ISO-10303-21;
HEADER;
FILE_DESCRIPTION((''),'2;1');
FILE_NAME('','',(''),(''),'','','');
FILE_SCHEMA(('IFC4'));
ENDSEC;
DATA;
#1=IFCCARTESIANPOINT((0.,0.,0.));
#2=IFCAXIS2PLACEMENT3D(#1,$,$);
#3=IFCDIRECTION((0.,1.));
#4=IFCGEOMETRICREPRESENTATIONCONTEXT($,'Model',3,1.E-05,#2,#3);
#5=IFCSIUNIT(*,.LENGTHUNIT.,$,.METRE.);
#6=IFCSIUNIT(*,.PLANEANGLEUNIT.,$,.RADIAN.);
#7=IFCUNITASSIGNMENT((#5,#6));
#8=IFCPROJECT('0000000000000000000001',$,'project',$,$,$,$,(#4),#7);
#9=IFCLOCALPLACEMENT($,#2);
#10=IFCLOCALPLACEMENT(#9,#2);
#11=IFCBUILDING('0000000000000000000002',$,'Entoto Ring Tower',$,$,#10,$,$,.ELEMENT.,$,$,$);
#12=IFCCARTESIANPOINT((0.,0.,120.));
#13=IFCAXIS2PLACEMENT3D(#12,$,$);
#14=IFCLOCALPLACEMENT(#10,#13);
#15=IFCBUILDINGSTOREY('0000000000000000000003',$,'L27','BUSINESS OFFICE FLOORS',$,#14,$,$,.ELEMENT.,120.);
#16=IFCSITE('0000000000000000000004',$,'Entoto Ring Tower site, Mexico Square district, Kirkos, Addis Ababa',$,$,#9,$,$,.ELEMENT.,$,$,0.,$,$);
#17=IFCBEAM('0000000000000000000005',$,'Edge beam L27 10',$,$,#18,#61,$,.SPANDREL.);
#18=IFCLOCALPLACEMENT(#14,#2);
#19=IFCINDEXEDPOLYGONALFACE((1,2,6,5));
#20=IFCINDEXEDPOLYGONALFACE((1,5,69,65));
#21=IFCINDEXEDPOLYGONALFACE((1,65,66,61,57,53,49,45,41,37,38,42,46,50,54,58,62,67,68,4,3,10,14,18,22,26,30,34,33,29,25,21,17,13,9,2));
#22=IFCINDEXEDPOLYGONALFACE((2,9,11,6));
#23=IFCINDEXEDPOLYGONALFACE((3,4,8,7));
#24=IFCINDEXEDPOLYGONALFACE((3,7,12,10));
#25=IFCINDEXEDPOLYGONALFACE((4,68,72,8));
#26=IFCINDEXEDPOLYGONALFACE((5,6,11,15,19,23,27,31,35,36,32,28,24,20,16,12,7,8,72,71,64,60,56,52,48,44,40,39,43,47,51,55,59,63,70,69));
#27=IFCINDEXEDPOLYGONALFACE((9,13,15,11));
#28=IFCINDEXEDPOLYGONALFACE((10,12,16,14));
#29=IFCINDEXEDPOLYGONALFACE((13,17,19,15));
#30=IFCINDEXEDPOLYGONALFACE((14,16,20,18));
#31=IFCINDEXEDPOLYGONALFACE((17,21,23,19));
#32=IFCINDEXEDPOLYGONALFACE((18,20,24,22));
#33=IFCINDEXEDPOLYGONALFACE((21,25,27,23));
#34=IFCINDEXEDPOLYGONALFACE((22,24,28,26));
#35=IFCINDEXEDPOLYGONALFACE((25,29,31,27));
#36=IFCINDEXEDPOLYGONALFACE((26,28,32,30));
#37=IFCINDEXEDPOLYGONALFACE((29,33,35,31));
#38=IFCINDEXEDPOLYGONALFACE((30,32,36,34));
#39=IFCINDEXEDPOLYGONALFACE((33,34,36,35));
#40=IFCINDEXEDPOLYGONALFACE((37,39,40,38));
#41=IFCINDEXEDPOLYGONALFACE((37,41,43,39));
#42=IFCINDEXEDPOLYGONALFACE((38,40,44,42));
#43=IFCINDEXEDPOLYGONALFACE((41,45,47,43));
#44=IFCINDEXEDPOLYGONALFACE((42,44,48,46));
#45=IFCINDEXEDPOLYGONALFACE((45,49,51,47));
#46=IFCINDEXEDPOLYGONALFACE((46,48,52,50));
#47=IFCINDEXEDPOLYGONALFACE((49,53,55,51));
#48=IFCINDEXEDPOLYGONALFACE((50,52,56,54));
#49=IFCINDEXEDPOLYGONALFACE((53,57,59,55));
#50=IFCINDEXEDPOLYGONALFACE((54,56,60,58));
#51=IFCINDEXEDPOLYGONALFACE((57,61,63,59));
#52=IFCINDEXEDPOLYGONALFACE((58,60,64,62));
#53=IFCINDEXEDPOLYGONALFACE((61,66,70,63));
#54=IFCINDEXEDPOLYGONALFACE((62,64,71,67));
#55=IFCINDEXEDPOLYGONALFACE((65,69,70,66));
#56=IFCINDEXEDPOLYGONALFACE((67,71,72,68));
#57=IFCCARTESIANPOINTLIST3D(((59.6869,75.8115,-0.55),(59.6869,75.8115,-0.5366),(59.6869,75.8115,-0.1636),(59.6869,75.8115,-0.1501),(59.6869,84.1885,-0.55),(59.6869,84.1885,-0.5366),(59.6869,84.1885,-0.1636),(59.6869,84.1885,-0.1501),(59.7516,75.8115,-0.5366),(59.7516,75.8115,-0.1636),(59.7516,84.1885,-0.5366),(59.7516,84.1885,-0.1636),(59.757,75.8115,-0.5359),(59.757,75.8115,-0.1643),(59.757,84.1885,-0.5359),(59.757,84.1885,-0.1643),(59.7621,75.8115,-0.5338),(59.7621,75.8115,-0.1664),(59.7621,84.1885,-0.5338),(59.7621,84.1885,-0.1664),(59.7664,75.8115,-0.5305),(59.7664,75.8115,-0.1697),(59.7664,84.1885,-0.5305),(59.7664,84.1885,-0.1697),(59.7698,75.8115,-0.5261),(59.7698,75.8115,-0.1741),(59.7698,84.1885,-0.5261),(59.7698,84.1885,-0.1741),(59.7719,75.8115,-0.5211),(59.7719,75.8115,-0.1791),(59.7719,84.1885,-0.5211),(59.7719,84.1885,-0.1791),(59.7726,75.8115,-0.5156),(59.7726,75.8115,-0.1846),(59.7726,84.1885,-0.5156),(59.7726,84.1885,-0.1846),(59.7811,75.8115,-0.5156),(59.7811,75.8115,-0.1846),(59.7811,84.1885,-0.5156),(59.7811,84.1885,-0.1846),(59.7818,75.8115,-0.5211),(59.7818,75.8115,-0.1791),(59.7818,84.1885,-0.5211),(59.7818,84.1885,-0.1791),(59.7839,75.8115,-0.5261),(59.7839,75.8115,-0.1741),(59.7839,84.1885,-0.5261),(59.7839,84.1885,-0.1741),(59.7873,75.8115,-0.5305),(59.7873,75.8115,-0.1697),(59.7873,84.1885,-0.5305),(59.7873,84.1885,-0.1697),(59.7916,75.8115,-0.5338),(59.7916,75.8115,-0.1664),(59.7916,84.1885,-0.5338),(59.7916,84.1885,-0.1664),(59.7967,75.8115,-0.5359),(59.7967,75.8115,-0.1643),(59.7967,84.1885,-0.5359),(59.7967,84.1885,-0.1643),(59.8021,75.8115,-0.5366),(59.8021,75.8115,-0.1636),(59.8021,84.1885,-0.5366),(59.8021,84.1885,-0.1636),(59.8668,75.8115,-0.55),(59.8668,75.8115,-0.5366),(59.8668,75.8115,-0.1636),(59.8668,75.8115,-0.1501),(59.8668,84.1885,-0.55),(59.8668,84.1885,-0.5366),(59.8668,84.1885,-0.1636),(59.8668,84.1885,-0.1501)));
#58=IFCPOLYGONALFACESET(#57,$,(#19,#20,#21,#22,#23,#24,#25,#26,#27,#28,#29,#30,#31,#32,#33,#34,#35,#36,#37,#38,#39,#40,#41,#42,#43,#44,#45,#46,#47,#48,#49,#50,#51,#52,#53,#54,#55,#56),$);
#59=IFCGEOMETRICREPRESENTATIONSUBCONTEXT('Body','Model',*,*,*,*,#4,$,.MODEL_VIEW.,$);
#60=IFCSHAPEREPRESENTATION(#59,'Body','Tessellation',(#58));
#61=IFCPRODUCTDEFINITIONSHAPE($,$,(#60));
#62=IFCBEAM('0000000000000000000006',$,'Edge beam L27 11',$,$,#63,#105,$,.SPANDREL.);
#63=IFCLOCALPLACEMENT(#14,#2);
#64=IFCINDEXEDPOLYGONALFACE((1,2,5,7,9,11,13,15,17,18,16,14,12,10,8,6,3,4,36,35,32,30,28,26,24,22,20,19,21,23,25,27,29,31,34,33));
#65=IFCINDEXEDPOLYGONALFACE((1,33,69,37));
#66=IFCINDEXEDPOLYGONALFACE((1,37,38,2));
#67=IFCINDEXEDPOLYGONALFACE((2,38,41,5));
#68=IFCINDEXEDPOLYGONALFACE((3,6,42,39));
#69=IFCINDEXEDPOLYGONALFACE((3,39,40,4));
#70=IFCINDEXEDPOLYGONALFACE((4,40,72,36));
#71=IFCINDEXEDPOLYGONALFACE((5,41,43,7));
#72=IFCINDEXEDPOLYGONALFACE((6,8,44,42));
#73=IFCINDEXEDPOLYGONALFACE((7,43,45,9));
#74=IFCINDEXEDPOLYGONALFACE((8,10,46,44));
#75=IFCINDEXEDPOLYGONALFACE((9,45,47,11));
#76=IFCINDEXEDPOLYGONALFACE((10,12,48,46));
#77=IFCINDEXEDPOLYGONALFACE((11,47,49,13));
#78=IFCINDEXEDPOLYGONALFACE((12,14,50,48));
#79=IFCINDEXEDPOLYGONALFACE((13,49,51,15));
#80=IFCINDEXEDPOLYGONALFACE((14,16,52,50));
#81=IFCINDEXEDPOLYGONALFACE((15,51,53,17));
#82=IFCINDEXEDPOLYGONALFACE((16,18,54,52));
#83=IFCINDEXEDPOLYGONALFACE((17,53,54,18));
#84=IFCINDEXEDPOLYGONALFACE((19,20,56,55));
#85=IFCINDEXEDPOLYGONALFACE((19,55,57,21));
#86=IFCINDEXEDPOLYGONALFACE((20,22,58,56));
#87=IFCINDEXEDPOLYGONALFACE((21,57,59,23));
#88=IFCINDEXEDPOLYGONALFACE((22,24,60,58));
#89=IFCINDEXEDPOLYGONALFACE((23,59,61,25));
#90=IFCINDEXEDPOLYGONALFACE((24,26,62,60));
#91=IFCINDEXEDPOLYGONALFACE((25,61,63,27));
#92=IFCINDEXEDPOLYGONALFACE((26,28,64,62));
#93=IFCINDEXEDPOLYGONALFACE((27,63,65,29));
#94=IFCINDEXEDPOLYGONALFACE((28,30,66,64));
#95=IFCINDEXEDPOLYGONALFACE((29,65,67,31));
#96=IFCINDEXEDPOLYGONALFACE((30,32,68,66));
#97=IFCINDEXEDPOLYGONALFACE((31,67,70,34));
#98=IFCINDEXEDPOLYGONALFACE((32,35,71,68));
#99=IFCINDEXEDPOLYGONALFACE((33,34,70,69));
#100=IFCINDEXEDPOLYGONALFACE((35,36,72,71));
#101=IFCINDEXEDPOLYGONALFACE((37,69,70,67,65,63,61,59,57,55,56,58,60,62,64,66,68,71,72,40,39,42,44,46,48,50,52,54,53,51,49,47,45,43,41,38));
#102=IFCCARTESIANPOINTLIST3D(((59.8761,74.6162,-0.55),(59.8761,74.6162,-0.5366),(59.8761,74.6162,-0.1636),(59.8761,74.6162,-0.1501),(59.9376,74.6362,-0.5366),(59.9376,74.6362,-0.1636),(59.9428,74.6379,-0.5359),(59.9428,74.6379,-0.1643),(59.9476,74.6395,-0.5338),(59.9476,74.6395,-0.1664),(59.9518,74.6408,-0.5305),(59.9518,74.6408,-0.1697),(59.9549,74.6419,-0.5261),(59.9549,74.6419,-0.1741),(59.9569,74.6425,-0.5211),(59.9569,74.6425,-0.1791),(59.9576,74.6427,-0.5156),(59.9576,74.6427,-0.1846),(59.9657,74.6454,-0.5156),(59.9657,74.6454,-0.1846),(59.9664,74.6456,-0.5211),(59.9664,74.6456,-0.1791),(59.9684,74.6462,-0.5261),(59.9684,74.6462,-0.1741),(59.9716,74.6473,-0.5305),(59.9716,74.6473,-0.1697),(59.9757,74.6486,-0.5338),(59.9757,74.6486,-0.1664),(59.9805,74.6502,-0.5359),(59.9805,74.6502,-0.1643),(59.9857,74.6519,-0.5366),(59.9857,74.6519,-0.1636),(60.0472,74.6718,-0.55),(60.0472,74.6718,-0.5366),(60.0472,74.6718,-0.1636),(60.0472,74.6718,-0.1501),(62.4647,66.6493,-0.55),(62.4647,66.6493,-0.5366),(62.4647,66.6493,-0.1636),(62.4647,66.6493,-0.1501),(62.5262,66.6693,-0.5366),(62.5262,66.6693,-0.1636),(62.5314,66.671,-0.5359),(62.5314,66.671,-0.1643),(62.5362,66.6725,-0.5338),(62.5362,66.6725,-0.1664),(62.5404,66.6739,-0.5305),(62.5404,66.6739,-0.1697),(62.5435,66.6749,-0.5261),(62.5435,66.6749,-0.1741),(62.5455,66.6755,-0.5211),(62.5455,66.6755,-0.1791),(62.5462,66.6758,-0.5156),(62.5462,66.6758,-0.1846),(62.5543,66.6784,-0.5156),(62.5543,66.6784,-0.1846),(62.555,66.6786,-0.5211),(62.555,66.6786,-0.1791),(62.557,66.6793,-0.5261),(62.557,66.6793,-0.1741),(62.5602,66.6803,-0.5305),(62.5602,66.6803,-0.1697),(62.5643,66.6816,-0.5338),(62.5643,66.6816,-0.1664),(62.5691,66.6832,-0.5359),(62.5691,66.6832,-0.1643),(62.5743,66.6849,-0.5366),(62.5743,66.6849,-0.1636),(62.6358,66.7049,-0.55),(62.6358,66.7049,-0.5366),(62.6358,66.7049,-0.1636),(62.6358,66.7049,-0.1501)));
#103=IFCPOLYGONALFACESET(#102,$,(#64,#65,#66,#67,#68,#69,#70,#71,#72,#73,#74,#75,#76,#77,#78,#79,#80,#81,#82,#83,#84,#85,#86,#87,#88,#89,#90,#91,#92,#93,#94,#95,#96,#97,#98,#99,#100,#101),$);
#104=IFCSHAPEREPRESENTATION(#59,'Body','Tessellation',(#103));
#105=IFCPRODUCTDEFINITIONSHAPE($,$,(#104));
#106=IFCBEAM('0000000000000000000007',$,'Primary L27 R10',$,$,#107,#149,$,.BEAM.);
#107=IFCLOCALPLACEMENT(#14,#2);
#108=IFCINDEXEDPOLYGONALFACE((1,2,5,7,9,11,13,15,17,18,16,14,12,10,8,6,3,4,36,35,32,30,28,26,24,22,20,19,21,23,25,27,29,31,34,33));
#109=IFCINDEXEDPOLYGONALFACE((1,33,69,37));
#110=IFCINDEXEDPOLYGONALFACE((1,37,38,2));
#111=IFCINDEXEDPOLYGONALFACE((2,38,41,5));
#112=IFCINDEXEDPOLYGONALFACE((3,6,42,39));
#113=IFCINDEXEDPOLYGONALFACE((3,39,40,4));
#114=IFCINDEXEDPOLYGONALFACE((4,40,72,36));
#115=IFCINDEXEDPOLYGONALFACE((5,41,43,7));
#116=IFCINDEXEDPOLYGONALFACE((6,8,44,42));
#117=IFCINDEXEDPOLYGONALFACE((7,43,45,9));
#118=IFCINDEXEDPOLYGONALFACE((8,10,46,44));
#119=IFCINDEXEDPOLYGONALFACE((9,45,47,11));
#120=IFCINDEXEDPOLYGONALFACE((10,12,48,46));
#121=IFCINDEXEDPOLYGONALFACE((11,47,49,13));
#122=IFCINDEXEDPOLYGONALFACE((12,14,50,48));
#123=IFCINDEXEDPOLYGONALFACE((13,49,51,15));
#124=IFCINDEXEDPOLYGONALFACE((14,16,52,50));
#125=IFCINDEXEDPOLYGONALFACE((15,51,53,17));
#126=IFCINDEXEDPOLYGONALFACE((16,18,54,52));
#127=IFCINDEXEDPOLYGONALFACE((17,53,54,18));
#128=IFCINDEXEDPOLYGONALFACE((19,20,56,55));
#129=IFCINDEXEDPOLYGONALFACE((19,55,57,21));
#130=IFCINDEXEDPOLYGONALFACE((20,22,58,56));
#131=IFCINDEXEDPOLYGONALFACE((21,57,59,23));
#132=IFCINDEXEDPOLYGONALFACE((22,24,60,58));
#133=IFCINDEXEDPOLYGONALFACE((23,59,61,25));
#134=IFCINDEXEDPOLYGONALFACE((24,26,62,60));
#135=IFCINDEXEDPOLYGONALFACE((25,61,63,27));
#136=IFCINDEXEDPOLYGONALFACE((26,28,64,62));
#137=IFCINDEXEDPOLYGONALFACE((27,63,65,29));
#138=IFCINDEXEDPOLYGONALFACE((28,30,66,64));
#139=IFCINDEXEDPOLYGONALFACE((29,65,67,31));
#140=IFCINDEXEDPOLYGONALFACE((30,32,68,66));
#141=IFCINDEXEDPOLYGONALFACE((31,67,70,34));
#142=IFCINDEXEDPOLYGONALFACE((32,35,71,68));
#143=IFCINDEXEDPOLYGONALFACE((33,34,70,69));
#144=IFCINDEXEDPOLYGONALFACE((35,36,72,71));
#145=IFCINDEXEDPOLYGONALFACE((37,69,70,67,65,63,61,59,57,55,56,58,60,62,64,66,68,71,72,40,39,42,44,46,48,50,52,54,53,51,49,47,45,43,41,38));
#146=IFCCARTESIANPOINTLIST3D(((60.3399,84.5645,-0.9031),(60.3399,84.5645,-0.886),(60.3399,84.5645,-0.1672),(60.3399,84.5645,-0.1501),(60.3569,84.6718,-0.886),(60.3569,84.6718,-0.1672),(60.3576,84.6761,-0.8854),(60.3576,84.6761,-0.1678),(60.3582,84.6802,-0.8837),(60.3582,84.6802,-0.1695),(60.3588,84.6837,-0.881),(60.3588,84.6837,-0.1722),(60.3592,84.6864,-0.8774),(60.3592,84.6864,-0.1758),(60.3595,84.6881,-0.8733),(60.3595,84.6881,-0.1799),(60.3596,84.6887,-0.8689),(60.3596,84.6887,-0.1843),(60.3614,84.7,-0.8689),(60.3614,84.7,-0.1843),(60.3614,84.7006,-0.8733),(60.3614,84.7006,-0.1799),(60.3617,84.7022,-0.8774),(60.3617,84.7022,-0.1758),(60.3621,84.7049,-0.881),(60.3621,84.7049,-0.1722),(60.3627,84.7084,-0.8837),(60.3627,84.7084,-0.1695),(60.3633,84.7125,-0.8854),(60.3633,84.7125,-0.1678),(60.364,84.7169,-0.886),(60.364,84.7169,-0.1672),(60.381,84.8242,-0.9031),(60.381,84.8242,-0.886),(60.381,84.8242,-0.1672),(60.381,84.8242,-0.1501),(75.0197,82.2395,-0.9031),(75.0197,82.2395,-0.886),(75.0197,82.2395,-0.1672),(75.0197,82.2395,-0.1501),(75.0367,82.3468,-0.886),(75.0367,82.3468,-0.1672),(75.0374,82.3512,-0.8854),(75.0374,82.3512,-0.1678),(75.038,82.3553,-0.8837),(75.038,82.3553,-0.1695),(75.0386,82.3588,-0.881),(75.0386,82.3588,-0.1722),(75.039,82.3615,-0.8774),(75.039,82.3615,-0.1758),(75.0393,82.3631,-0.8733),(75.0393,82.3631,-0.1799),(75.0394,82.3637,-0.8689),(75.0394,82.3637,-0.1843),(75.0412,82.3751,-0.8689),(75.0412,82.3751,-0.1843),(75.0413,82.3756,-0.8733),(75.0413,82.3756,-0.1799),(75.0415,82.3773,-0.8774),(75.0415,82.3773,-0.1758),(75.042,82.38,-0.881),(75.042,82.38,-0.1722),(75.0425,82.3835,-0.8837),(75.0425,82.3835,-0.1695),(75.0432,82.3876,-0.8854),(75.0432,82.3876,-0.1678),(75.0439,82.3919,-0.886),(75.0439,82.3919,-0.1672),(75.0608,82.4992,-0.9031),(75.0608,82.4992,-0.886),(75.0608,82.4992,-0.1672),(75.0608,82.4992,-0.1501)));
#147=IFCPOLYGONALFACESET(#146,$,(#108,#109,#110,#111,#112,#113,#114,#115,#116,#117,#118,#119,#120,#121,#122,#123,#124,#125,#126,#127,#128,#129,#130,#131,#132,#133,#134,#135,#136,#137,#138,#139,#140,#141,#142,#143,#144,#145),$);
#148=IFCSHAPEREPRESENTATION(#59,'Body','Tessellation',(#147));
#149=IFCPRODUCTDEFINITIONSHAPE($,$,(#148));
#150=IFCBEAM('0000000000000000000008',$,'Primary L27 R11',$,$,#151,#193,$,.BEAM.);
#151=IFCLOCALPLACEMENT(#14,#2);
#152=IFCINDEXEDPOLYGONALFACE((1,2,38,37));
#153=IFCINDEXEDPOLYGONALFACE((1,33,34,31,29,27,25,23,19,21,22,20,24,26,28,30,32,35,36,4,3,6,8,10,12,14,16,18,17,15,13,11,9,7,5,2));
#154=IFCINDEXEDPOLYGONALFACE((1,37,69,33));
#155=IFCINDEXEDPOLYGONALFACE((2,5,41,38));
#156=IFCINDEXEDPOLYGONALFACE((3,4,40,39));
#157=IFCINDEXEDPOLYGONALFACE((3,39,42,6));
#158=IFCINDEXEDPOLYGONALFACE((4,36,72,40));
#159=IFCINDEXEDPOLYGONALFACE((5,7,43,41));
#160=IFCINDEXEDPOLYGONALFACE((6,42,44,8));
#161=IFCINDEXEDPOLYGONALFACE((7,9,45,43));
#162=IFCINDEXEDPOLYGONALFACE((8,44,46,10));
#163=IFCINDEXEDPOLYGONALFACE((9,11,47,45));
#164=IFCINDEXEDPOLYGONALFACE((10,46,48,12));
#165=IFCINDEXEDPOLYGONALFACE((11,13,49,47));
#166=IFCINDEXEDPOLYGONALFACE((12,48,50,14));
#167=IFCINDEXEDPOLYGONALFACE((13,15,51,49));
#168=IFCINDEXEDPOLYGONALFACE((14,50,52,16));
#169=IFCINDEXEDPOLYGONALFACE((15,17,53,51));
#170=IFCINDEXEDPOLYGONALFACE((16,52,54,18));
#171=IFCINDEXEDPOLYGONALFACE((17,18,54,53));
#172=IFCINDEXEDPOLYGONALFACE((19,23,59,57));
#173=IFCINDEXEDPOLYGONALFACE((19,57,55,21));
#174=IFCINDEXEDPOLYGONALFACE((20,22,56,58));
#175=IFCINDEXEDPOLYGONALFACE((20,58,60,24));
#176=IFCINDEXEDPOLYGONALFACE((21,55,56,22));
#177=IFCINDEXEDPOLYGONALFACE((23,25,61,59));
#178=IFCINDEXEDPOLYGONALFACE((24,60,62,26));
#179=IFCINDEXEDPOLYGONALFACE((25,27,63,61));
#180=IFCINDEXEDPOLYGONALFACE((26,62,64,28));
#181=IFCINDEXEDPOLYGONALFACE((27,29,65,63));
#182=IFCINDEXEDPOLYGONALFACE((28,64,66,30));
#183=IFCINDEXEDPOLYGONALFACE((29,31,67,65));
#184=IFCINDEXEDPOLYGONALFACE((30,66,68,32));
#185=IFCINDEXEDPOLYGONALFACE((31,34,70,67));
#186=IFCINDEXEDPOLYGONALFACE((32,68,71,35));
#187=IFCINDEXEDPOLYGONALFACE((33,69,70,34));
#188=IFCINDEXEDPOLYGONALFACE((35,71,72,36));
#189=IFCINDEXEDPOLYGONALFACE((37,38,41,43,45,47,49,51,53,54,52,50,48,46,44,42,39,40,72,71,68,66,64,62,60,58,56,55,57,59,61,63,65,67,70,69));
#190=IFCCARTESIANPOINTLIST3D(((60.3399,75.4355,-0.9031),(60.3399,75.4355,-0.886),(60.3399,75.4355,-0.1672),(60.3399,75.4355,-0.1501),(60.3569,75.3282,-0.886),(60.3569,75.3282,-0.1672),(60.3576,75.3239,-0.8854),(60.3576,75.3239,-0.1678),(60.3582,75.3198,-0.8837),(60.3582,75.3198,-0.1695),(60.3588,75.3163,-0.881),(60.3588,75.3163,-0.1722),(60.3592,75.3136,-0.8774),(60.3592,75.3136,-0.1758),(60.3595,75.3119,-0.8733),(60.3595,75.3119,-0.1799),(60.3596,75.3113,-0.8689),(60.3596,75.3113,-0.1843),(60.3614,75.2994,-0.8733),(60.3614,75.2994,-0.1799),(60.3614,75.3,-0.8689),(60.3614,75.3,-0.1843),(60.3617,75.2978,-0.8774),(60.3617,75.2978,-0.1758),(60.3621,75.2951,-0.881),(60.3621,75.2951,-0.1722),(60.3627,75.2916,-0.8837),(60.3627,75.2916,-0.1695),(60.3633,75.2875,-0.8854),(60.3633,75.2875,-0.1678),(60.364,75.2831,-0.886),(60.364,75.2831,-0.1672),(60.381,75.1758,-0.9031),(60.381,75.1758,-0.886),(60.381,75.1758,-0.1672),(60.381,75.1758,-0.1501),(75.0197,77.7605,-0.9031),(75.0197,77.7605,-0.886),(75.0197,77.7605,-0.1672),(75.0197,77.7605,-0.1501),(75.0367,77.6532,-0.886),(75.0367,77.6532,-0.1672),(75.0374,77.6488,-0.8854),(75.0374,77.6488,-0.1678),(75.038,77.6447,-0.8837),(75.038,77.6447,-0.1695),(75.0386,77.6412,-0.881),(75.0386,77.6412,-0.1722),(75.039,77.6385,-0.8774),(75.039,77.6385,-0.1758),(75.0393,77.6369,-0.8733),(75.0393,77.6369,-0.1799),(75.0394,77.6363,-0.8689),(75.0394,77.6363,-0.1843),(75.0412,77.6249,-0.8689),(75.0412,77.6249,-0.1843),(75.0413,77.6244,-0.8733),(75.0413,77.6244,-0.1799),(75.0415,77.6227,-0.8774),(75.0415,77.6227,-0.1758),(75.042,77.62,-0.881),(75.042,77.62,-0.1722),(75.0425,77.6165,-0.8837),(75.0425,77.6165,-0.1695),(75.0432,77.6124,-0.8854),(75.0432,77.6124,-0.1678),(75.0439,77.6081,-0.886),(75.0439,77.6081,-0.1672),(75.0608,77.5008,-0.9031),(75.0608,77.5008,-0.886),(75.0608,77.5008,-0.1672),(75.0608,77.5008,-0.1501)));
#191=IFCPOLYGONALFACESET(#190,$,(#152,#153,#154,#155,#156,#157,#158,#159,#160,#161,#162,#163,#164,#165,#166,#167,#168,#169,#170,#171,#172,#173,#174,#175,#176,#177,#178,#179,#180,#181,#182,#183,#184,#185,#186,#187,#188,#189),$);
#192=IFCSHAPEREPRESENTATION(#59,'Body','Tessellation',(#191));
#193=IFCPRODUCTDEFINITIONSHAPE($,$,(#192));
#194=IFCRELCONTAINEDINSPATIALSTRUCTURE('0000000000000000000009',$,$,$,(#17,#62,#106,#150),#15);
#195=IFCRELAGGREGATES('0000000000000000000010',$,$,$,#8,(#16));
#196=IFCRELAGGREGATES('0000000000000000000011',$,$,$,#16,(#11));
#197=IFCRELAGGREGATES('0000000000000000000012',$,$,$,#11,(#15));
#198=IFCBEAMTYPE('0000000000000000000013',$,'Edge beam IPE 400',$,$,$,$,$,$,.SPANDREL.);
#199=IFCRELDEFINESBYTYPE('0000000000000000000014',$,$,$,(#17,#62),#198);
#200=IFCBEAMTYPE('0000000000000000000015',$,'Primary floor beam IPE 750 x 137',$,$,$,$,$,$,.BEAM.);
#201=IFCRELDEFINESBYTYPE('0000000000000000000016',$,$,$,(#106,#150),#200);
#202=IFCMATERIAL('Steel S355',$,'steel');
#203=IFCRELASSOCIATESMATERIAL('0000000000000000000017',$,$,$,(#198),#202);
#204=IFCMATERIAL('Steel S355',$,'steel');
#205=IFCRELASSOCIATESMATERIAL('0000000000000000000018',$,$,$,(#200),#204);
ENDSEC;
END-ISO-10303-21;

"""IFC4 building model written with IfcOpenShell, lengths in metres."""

from ifc_helpers import new_model, si_unit, direction, frame, origin, origin_2d, place, context, subcontext, project, spatial, i_section, extrude, material, material_profile, profile_set, type_object, element, save


model = new_model("IFC4")

# Units and contexts
model_context = context("Model", 3, precision=1e-05, world=origin(), true_north=direction((0.0, 1.0)))
body_context = subcontext(model_context, "Body", "Model", "MODEL_VIEW")
ifc_project = project(units=[si_unit("LENGTHUNIT", "METRE"), si_unit("PLANEANGLEUNIT", "RADIAN")], contexts=[model_context])

# Site, building, storey
site_placement = place(None, origin())
site = spatial("IfcSite", under=ifc_project, at=site_placement, Name="Entoto Ring Tower site, Mexico Square district, Kirkos, Addis Ababa", CompositionType="ELEMENT", RefElevation=0.0)
building_placement = place(site_placement, origin())
building = spatial("IfcBuilding", under=site, at=building_placement, Name="Entoto Ring Tower", CompositionType="ELEMENT")
storey_placement = place(building_placement, frame((0.0, 0.0, 120.0)))
storey = spatial("IfcBuildingStorey", under=building, at=storey_placement, Name="L27", Description="BUSINESS OFFICE FLOORS", CompositionType="ELEMENT", Elevation=120.0)

# Beams
ifc_material_1 = material(Name="Steel S355", Category="steel")
ifc_material_profile_1 = material_profile(ifc_material_1, i_section(OverallWidth=0.1799, OverallDepth=0.3999, WebThickness=0.0085, FlangeThickness=0.0134, FilletRadius=0.021, at=origin_2d()), Name="IPE 400")
ifc_profile_set_1 = profile_set([ifc_material_profile_1], Name="Steel S355")
beam_type_1 = type_object("IfcBeamType", Name="Edge beam IPE 400", PredefinedType="SPANDREL", material=ifc_profile_set_1)
for number, where, z_axis, x_axis, name in (
    (1, (59.7769, 84.1885, -0.3501), (0.0, -1.0, 0.0), (1.0, 0.0, 0.0), "Edge beam L27 10"),
    (2, (59.9617, 74.644, -0.3501), (0.309014, -0.951057, 0.0), (0.951057, 0.309014, 0.0), "Edge beam L27 11"),
):
    element("IfcBeam", number, at=place(storey_placement, frame(where, z_axis=z_axis, x_axis=x_axis)), inside=storey, type_object=beam_type_1, Name=name, PredefinedType="SPANDREL", context=body_context, shape_type="SweptSolid", body=[
        extrude(i_section(OverallWidth=0.1799, OverallDepth=0.3999, WebThickness=0.0085, FlangeThickness=0.0134, FilletRadius=0.021, at=origin_2d()), origin(), (0.0, 0.0, 1.0), 8.377),
    ])
ifc_material_2 = material(Name="Steel S355", Category="steel")
ifc_material_profile_2 = material_profile(ifc_material_2, i_section(OverallWidth=0.2629, OverallDepth=0.7529, WebThickness=0.0115, FlangeThickness=0.0171, FilletRadius=0.0171, at=origin_2d()), Name="IPE 750 x 137")
ifc_profile_set_2 = profile_set([ifc_material_profile_2], Name="Steel S355")
beam_type_2 = type_object("IfcBeamType", Name="Primary floor beam IPE 750 x 137", PredefinedType="BEAM", material=ifc_profile_set_2)
for number, where, z_axis, x_axis, name in (
    (3, (75.0403, 82.3694, -0.5266), (-0.98769, 0.156426, 0.0), (-0.156426, -0.98769, 0.0), "Primary L27 R10"),
    (4, (75.0403, 77.6306, -0.5266), (-0.98769, -0.156426, 0.0), (0.156426, -0.98769, 0.0), "Primary L27 R11"),
):
    element("IfcBeam", number, at=place(storey_placement, frame(where, z_axis=z_axis, x_axis=x_axis)), inside=storey, type_object=beam_type_2, Name=name, PredefinedType="BEAM", context=body_context, shape_type="SweptSolid", body=[
        extrude(i_section(OverallWidth=0.2629, OverallDepth=0.7529, WebThickness=0.0115, FlangeThickness=0.0171, FilletRadius=0.0171, at=origin_2d()), origin(), (0.0, 0.0, 1.0), 14.8628),
    ])

save(model, "model.ifc")
